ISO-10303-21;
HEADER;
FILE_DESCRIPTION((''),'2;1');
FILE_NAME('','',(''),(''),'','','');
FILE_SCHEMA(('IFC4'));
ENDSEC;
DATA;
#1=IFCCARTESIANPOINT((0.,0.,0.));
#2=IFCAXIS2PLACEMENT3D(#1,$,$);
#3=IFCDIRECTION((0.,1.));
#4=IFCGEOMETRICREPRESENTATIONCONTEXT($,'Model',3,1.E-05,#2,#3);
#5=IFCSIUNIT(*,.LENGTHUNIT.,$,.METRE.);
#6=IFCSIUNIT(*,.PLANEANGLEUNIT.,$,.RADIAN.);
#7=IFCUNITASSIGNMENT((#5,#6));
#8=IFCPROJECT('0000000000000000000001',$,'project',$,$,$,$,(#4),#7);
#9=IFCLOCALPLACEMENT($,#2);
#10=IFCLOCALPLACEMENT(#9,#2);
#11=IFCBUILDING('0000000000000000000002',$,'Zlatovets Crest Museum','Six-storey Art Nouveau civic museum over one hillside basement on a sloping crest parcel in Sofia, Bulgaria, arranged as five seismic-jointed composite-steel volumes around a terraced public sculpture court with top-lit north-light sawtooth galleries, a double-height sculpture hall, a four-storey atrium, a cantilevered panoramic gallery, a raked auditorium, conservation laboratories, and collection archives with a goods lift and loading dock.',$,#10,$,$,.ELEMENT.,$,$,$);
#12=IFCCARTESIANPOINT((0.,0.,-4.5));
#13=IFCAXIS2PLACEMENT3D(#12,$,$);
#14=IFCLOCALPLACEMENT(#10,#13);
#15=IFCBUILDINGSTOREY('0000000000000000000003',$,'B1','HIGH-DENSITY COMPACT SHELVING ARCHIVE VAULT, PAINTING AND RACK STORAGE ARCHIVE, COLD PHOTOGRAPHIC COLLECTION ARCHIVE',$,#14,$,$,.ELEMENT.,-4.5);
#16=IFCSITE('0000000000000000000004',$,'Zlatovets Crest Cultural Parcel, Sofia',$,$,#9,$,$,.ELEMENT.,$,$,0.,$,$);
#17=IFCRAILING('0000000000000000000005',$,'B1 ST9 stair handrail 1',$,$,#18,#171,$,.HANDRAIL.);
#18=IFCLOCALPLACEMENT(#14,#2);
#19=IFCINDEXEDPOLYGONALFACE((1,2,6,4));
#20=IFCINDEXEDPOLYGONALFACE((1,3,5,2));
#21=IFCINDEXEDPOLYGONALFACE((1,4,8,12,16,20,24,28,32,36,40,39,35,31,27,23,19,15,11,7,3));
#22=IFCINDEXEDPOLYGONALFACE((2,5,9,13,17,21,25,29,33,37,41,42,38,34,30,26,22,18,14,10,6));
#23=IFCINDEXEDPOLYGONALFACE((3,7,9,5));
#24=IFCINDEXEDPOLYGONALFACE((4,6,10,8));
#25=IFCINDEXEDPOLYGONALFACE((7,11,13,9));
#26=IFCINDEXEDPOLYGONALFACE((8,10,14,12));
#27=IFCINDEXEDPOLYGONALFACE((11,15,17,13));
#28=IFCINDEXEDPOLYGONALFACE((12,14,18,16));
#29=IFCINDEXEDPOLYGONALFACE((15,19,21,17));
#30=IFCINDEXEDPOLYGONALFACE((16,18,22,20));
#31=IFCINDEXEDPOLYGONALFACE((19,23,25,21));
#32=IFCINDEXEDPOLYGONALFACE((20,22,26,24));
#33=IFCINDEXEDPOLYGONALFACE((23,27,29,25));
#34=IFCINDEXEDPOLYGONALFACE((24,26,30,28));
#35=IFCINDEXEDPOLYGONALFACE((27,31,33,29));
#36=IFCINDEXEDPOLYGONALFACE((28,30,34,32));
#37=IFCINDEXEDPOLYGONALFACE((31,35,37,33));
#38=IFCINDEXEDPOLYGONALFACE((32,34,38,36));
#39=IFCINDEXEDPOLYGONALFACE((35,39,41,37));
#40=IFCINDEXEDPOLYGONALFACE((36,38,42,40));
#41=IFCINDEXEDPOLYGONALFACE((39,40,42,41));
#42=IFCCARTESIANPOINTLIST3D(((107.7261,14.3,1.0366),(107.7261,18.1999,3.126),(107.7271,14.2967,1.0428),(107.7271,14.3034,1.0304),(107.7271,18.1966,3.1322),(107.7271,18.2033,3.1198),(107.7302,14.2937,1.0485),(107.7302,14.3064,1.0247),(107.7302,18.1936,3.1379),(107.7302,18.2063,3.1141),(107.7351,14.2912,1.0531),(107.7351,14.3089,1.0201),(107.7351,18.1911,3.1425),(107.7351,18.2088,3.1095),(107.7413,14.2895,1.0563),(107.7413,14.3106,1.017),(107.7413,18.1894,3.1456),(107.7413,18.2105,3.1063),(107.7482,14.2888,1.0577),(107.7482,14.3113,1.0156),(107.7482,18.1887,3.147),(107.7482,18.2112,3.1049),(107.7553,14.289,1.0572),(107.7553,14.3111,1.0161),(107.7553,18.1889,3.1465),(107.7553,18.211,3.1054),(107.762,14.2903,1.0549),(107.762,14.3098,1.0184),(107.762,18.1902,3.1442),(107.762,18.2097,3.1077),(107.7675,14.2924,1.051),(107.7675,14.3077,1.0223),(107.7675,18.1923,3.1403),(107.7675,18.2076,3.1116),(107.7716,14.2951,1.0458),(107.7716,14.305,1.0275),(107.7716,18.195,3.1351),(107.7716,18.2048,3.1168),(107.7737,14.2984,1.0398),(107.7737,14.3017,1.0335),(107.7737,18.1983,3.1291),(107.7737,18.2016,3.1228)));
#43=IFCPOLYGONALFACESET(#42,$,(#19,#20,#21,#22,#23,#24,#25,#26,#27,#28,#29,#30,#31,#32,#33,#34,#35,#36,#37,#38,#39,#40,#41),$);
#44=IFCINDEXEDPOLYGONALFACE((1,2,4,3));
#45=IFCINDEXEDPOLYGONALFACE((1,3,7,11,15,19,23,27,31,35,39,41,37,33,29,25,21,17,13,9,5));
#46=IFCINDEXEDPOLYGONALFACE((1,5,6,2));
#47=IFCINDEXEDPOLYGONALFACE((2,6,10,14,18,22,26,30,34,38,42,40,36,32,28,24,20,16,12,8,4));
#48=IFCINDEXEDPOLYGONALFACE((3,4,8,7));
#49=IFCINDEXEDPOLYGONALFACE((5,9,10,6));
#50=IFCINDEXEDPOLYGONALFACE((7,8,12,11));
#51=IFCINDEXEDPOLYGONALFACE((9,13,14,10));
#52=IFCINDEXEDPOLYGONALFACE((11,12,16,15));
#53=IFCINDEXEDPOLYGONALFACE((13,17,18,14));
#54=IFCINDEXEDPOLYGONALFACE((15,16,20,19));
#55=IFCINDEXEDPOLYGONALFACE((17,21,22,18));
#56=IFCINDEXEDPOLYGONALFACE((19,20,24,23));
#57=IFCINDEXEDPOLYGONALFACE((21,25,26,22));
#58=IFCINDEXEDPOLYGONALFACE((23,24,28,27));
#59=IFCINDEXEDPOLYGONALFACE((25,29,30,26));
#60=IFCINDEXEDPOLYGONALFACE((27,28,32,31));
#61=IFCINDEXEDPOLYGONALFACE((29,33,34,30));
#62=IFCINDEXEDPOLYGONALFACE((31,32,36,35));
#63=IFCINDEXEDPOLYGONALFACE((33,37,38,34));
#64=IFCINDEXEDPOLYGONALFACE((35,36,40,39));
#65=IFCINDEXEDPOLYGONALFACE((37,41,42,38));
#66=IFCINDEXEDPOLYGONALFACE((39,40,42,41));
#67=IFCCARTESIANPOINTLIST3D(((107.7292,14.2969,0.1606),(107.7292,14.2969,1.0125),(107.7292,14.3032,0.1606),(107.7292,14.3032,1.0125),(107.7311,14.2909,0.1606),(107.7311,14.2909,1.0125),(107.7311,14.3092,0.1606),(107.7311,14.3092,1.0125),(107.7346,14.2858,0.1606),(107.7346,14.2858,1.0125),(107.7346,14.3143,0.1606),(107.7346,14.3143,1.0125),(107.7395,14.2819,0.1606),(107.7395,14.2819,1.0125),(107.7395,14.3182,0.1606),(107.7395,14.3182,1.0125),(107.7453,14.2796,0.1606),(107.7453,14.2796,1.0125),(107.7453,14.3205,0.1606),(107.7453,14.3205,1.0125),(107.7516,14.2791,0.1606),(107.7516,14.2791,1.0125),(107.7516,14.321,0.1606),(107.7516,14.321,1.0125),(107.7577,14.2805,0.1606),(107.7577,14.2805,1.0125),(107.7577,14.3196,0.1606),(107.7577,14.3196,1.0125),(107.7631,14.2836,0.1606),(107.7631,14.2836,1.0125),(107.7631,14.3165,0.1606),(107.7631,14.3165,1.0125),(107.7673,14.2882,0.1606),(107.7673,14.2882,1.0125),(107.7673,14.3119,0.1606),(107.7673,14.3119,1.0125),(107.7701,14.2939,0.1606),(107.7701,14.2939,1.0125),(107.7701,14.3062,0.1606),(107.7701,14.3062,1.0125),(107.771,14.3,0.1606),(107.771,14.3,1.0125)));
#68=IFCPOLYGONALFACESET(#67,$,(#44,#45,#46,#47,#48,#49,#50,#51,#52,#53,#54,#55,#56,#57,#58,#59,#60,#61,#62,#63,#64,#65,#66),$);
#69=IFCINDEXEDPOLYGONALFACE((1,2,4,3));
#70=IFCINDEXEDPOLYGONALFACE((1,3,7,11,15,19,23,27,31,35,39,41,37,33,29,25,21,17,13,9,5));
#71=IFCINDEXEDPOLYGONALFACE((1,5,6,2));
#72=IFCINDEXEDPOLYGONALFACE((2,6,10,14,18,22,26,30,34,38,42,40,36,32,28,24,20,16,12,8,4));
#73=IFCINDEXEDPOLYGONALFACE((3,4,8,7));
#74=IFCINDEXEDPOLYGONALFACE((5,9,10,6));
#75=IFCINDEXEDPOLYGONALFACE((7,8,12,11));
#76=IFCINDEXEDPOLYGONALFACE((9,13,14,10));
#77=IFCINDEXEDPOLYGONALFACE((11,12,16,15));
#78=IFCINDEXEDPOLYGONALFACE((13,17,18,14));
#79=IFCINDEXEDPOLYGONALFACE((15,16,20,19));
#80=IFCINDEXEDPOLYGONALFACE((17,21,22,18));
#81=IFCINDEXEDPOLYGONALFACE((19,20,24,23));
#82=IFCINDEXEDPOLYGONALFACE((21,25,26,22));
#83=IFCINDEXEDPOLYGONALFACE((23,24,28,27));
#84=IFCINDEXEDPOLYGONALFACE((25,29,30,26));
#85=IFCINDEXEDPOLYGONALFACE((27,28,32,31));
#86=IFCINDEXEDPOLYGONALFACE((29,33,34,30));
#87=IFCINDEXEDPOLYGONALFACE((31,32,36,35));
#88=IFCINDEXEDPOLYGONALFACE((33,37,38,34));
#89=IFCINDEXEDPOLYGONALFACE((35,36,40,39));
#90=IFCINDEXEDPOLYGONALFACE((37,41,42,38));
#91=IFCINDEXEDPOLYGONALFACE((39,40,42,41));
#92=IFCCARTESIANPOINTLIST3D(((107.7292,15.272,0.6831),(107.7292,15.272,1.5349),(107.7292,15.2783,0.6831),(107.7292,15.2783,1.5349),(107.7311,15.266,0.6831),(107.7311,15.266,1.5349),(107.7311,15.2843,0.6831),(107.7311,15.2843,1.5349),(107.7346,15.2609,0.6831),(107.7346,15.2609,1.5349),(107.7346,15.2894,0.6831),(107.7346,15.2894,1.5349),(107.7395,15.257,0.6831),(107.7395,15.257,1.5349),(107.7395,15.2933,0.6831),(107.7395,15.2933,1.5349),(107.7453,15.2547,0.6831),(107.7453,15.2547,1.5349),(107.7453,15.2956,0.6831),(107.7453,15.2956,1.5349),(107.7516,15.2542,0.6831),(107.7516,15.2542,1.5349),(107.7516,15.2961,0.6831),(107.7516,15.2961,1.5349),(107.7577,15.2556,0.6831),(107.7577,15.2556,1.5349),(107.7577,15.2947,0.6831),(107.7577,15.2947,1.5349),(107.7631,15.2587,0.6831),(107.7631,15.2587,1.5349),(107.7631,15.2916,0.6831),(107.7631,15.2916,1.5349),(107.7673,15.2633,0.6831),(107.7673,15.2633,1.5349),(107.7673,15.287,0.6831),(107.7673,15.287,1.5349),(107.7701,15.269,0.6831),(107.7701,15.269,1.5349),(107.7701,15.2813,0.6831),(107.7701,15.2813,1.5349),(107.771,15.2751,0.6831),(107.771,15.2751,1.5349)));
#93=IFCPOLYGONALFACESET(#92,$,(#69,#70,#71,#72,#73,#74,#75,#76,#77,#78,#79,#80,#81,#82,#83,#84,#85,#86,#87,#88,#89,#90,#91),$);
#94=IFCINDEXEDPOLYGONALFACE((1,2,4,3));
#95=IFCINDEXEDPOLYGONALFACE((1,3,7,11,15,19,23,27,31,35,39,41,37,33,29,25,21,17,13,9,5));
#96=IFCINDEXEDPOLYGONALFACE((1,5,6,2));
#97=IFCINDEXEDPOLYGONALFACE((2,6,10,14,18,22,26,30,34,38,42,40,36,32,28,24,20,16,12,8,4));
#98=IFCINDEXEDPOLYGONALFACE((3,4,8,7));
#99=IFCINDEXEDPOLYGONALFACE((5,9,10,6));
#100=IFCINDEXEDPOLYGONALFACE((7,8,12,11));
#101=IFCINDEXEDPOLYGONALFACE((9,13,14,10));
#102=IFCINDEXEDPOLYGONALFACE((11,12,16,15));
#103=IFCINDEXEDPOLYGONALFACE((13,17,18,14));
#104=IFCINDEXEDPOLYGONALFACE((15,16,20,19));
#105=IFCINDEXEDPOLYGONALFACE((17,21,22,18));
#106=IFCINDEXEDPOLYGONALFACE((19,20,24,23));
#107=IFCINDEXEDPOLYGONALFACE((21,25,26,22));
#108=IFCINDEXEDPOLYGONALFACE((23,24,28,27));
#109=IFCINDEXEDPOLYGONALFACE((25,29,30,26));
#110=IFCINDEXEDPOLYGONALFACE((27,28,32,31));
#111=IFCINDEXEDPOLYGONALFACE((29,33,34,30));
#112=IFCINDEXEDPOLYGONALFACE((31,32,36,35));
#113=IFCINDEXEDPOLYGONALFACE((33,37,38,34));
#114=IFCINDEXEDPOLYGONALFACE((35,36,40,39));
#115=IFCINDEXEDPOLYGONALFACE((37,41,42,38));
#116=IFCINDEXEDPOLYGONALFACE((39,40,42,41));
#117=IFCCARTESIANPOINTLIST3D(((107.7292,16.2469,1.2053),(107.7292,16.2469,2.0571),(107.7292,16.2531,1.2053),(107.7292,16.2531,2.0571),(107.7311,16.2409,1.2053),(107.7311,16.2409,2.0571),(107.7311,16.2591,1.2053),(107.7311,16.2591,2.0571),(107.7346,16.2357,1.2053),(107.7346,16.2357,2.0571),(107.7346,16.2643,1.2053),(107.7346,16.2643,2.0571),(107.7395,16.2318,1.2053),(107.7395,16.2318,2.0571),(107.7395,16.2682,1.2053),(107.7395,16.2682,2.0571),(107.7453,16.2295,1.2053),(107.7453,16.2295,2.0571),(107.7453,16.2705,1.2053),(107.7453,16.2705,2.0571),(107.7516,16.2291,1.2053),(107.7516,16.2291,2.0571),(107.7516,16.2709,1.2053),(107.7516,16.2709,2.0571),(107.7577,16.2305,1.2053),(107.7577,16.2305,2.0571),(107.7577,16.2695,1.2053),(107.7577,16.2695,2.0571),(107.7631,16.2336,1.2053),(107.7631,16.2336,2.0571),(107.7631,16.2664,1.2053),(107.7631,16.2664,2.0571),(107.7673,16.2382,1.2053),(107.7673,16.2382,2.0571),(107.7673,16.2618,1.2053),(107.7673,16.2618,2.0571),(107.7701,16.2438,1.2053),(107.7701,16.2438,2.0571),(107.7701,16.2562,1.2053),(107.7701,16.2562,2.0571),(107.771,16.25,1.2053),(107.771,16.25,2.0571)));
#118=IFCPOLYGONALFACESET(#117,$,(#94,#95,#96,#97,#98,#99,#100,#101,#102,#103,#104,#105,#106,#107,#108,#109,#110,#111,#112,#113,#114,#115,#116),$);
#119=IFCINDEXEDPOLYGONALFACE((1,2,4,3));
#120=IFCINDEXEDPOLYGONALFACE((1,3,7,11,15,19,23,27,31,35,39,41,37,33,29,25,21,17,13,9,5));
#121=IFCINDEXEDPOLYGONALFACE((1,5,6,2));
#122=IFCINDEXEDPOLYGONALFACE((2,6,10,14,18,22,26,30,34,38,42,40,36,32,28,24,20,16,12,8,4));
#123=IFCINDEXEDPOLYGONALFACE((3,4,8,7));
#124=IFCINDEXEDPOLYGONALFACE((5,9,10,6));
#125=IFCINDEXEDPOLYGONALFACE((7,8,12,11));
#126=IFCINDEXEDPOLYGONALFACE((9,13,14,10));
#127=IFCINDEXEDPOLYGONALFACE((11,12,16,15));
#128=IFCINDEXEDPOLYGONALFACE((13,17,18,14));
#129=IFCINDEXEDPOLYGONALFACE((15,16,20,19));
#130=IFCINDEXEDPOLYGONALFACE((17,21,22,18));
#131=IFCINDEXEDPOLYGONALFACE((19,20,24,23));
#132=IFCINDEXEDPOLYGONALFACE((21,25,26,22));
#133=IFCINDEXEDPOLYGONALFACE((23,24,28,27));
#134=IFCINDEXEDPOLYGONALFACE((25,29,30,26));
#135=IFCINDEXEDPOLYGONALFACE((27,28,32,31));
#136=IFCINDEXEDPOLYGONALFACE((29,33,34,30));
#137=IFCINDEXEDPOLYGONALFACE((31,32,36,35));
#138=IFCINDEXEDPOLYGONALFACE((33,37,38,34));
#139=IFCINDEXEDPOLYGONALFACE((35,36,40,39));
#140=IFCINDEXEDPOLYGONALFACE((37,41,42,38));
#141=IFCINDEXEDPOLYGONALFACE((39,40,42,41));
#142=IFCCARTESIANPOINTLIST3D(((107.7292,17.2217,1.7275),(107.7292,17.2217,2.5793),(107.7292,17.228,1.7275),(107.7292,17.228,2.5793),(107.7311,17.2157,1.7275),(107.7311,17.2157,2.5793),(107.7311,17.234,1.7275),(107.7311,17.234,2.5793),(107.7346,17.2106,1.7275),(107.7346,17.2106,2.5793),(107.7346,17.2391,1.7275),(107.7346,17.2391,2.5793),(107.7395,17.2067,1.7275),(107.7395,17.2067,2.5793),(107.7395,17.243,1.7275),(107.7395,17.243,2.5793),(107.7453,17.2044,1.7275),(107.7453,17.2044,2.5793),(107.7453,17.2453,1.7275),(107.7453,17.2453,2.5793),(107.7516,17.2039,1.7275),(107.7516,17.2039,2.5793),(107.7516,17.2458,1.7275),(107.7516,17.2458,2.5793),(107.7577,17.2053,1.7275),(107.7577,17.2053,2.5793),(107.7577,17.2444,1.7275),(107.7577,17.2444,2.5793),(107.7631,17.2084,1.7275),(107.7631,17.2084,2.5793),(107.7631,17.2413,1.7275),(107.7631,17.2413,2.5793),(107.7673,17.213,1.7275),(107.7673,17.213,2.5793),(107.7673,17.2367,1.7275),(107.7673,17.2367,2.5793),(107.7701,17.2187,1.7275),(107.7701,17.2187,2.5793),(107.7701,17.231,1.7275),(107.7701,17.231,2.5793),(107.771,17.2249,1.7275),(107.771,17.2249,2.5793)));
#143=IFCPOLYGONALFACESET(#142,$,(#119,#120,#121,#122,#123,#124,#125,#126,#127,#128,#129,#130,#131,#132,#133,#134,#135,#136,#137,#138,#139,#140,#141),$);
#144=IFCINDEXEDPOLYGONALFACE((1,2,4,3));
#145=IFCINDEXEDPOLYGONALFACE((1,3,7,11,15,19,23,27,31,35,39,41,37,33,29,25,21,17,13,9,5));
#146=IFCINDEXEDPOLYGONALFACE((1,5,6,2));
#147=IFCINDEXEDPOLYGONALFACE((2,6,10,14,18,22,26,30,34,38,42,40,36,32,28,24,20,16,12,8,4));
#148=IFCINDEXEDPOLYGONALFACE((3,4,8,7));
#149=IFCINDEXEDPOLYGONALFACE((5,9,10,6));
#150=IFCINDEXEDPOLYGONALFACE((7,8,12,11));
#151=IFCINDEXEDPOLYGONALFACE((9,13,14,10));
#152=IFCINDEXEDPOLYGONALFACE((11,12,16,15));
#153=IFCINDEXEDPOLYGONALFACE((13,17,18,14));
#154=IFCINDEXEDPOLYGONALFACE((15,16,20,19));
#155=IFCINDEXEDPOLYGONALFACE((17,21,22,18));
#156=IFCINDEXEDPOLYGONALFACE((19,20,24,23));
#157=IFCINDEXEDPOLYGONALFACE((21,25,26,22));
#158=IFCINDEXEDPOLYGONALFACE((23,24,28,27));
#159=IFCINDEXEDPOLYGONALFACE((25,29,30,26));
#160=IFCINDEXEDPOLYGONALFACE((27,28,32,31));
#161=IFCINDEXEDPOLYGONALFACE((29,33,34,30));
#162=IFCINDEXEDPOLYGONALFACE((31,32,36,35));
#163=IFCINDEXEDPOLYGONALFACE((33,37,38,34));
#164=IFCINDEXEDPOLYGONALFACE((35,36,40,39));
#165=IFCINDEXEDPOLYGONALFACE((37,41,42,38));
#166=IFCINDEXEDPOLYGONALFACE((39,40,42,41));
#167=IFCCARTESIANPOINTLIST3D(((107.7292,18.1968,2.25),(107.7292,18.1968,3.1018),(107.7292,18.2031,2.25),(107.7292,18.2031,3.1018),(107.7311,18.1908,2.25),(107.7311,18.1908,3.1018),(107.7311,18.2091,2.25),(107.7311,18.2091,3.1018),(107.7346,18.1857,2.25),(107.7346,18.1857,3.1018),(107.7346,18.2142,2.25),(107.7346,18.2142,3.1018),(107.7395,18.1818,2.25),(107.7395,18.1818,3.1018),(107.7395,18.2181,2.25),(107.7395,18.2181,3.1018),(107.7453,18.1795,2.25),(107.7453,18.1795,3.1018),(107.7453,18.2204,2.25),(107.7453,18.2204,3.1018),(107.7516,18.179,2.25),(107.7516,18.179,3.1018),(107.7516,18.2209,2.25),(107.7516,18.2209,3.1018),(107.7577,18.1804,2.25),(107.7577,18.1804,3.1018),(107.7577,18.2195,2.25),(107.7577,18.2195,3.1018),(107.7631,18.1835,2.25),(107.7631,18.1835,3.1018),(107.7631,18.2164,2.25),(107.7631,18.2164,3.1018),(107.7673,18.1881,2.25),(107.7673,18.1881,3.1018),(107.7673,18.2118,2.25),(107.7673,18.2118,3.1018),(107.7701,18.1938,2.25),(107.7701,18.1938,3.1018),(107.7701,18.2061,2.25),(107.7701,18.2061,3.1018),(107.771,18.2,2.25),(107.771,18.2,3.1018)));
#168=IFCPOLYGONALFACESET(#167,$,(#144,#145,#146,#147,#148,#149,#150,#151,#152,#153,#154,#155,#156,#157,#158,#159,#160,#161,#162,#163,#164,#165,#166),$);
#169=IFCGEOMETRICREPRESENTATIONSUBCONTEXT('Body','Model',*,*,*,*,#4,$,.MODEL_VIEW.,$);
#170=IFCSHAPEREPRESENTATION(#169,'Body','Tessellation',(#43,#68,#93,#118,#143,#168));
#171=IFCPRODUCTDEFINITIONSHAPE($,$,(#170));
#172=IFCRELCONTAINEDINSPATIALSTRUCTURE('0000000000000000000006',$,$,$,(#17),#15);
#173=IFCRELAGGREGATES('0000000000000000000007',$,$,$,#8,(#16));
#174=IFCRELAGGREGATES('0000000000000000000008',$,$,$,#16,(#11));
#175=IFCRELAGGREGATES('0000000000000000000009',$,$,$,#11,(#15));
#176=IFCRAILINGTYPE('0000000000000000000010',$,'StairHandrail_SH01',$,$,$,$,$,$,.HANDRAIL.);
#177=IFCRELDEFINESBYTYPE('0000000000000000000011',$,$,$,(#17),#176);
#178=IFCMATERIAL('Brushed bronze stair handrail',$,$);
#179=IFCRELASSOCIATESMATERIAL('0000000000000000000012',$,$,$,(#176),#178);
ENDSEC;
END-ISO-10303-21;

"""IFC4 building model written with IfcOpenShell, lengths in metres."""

from ifc_helpers import new_model, si_unit, direction, frame, origin, origin_2d, place, context, subcontext, project, spatial, circle, extrude, material, type_object, element, save


model = new_model("IFC4")

# Units and contexts
model_context = context("Model", 3, precision=1e-05, world=origin(), true_north=direction((0.0, 1.0)))
body_context = subcontext(model_context, "Body", "Model", "MODEL_VIEW")
ifc_project = project(units=[si_unit("LENGTHUNIT", "METRE"), si_unit("PLANEANGLEUNIT", "RADIAN")], contexts=[model_context])

# Site, building, storey
site_placement = place(None, origin())
site = spatial("IfcSite", under=ifc_project, at=site_placement, Name="Zlatovets Crest Cultural Parcel, Sofia", CompositionType="ELEMENT", RefElevation=0.0)
building_placement = place(site_placement, origin())
building = spatial("IfcBuilding", under=site, at=building_placement, Name="Zlatovets Crest Museum", Description="Six-storey Art Nouveau civic museum over one hillside basement on a sloping crest parcel in Sofia, Bulgaria, arranged as five seismic-jointed composite-steel volumes around a terraced public sculpture court with top-lit north-light sawtooth galleries, a double-height sculpture hall, a four-storey atrium, a cantilevered panoramic gallery, a raked auditorium, conservation laboratories, and collection archives with a goods lift and loading dock.", CompositionType="ELEMENT")
storey_placement = place(building_placement, frame((0.0, 0.0, -4.5)))
storey = spatial("IfcBuildingStorey", under=building, at=storey_placement, Name="B1", Description="HIGH-DENSITY COMPACT SHELVING ARCHIVE VAULT, PAINTING AND RACK STORAGE ARCHIVE, COLD PHOTOGRAPHIC COLLECTION ARCHIVE", CompositionType="ELEMENT", Elevation=-4.5)

# Railing
ifc_material_1 = material(Name="Brushed bronze stair handrail")
railing_type_1 = type_object("IfcRailingType", Name="StairHandrail_SH01", PredefinedType="HANDRAIL", material=ifc_material_1)
railing_1_placement = place(storey_placement, frame((107.75, 14.3, 0.1606)))
element("IfcRailing", 1, at=railing_1_placement, inside=storey, type_object=railing_type_1, Name="B1 ST9 stair handrail 1", PredefinedType="HANDRAIL", context=body_context, shape_type="SweptSolid", body=[
    extrude(circle(Radius=0.0239, at=origin_2d()), frame((0.0, 0.0, 0.876), z_axis=(0.0, 0.881468, 0.472243), x_axis=(-1.0, 0.0, 0.0)), (0.0, 0.0, 1.0), 4.4243),
    extrude(circle(Radius=0.021, at=origin_2d()), origin(), (0.0, 0.0, 1.0), 0.8518),
    extrude(circle(Radius=0.021, at=origin_2d()), frame((0.0, 0.9751, 0.5225)), (0.0, 0.0, 1.0), 0.8518),
    extrude(circle(Radius=0.021, at=origin_2d()), frame((0.0, 1.95, 1.0447)), (0.0, 0.0, 1.0), 0.8518),
    extrude(circle(Radius=0.021, at=origin_2d()), frame((0.0, 2.9248, 1.5669)), (0.0, 0.0, 1.0), 0.8518),
    extrude(circle(Radius=0.021, at=origin_2d()), frame((0.0, 3.8999, 2.0894)), (0.0, 0.0, 1.0), 0.8518),
])

save(model, "model.ifc")
